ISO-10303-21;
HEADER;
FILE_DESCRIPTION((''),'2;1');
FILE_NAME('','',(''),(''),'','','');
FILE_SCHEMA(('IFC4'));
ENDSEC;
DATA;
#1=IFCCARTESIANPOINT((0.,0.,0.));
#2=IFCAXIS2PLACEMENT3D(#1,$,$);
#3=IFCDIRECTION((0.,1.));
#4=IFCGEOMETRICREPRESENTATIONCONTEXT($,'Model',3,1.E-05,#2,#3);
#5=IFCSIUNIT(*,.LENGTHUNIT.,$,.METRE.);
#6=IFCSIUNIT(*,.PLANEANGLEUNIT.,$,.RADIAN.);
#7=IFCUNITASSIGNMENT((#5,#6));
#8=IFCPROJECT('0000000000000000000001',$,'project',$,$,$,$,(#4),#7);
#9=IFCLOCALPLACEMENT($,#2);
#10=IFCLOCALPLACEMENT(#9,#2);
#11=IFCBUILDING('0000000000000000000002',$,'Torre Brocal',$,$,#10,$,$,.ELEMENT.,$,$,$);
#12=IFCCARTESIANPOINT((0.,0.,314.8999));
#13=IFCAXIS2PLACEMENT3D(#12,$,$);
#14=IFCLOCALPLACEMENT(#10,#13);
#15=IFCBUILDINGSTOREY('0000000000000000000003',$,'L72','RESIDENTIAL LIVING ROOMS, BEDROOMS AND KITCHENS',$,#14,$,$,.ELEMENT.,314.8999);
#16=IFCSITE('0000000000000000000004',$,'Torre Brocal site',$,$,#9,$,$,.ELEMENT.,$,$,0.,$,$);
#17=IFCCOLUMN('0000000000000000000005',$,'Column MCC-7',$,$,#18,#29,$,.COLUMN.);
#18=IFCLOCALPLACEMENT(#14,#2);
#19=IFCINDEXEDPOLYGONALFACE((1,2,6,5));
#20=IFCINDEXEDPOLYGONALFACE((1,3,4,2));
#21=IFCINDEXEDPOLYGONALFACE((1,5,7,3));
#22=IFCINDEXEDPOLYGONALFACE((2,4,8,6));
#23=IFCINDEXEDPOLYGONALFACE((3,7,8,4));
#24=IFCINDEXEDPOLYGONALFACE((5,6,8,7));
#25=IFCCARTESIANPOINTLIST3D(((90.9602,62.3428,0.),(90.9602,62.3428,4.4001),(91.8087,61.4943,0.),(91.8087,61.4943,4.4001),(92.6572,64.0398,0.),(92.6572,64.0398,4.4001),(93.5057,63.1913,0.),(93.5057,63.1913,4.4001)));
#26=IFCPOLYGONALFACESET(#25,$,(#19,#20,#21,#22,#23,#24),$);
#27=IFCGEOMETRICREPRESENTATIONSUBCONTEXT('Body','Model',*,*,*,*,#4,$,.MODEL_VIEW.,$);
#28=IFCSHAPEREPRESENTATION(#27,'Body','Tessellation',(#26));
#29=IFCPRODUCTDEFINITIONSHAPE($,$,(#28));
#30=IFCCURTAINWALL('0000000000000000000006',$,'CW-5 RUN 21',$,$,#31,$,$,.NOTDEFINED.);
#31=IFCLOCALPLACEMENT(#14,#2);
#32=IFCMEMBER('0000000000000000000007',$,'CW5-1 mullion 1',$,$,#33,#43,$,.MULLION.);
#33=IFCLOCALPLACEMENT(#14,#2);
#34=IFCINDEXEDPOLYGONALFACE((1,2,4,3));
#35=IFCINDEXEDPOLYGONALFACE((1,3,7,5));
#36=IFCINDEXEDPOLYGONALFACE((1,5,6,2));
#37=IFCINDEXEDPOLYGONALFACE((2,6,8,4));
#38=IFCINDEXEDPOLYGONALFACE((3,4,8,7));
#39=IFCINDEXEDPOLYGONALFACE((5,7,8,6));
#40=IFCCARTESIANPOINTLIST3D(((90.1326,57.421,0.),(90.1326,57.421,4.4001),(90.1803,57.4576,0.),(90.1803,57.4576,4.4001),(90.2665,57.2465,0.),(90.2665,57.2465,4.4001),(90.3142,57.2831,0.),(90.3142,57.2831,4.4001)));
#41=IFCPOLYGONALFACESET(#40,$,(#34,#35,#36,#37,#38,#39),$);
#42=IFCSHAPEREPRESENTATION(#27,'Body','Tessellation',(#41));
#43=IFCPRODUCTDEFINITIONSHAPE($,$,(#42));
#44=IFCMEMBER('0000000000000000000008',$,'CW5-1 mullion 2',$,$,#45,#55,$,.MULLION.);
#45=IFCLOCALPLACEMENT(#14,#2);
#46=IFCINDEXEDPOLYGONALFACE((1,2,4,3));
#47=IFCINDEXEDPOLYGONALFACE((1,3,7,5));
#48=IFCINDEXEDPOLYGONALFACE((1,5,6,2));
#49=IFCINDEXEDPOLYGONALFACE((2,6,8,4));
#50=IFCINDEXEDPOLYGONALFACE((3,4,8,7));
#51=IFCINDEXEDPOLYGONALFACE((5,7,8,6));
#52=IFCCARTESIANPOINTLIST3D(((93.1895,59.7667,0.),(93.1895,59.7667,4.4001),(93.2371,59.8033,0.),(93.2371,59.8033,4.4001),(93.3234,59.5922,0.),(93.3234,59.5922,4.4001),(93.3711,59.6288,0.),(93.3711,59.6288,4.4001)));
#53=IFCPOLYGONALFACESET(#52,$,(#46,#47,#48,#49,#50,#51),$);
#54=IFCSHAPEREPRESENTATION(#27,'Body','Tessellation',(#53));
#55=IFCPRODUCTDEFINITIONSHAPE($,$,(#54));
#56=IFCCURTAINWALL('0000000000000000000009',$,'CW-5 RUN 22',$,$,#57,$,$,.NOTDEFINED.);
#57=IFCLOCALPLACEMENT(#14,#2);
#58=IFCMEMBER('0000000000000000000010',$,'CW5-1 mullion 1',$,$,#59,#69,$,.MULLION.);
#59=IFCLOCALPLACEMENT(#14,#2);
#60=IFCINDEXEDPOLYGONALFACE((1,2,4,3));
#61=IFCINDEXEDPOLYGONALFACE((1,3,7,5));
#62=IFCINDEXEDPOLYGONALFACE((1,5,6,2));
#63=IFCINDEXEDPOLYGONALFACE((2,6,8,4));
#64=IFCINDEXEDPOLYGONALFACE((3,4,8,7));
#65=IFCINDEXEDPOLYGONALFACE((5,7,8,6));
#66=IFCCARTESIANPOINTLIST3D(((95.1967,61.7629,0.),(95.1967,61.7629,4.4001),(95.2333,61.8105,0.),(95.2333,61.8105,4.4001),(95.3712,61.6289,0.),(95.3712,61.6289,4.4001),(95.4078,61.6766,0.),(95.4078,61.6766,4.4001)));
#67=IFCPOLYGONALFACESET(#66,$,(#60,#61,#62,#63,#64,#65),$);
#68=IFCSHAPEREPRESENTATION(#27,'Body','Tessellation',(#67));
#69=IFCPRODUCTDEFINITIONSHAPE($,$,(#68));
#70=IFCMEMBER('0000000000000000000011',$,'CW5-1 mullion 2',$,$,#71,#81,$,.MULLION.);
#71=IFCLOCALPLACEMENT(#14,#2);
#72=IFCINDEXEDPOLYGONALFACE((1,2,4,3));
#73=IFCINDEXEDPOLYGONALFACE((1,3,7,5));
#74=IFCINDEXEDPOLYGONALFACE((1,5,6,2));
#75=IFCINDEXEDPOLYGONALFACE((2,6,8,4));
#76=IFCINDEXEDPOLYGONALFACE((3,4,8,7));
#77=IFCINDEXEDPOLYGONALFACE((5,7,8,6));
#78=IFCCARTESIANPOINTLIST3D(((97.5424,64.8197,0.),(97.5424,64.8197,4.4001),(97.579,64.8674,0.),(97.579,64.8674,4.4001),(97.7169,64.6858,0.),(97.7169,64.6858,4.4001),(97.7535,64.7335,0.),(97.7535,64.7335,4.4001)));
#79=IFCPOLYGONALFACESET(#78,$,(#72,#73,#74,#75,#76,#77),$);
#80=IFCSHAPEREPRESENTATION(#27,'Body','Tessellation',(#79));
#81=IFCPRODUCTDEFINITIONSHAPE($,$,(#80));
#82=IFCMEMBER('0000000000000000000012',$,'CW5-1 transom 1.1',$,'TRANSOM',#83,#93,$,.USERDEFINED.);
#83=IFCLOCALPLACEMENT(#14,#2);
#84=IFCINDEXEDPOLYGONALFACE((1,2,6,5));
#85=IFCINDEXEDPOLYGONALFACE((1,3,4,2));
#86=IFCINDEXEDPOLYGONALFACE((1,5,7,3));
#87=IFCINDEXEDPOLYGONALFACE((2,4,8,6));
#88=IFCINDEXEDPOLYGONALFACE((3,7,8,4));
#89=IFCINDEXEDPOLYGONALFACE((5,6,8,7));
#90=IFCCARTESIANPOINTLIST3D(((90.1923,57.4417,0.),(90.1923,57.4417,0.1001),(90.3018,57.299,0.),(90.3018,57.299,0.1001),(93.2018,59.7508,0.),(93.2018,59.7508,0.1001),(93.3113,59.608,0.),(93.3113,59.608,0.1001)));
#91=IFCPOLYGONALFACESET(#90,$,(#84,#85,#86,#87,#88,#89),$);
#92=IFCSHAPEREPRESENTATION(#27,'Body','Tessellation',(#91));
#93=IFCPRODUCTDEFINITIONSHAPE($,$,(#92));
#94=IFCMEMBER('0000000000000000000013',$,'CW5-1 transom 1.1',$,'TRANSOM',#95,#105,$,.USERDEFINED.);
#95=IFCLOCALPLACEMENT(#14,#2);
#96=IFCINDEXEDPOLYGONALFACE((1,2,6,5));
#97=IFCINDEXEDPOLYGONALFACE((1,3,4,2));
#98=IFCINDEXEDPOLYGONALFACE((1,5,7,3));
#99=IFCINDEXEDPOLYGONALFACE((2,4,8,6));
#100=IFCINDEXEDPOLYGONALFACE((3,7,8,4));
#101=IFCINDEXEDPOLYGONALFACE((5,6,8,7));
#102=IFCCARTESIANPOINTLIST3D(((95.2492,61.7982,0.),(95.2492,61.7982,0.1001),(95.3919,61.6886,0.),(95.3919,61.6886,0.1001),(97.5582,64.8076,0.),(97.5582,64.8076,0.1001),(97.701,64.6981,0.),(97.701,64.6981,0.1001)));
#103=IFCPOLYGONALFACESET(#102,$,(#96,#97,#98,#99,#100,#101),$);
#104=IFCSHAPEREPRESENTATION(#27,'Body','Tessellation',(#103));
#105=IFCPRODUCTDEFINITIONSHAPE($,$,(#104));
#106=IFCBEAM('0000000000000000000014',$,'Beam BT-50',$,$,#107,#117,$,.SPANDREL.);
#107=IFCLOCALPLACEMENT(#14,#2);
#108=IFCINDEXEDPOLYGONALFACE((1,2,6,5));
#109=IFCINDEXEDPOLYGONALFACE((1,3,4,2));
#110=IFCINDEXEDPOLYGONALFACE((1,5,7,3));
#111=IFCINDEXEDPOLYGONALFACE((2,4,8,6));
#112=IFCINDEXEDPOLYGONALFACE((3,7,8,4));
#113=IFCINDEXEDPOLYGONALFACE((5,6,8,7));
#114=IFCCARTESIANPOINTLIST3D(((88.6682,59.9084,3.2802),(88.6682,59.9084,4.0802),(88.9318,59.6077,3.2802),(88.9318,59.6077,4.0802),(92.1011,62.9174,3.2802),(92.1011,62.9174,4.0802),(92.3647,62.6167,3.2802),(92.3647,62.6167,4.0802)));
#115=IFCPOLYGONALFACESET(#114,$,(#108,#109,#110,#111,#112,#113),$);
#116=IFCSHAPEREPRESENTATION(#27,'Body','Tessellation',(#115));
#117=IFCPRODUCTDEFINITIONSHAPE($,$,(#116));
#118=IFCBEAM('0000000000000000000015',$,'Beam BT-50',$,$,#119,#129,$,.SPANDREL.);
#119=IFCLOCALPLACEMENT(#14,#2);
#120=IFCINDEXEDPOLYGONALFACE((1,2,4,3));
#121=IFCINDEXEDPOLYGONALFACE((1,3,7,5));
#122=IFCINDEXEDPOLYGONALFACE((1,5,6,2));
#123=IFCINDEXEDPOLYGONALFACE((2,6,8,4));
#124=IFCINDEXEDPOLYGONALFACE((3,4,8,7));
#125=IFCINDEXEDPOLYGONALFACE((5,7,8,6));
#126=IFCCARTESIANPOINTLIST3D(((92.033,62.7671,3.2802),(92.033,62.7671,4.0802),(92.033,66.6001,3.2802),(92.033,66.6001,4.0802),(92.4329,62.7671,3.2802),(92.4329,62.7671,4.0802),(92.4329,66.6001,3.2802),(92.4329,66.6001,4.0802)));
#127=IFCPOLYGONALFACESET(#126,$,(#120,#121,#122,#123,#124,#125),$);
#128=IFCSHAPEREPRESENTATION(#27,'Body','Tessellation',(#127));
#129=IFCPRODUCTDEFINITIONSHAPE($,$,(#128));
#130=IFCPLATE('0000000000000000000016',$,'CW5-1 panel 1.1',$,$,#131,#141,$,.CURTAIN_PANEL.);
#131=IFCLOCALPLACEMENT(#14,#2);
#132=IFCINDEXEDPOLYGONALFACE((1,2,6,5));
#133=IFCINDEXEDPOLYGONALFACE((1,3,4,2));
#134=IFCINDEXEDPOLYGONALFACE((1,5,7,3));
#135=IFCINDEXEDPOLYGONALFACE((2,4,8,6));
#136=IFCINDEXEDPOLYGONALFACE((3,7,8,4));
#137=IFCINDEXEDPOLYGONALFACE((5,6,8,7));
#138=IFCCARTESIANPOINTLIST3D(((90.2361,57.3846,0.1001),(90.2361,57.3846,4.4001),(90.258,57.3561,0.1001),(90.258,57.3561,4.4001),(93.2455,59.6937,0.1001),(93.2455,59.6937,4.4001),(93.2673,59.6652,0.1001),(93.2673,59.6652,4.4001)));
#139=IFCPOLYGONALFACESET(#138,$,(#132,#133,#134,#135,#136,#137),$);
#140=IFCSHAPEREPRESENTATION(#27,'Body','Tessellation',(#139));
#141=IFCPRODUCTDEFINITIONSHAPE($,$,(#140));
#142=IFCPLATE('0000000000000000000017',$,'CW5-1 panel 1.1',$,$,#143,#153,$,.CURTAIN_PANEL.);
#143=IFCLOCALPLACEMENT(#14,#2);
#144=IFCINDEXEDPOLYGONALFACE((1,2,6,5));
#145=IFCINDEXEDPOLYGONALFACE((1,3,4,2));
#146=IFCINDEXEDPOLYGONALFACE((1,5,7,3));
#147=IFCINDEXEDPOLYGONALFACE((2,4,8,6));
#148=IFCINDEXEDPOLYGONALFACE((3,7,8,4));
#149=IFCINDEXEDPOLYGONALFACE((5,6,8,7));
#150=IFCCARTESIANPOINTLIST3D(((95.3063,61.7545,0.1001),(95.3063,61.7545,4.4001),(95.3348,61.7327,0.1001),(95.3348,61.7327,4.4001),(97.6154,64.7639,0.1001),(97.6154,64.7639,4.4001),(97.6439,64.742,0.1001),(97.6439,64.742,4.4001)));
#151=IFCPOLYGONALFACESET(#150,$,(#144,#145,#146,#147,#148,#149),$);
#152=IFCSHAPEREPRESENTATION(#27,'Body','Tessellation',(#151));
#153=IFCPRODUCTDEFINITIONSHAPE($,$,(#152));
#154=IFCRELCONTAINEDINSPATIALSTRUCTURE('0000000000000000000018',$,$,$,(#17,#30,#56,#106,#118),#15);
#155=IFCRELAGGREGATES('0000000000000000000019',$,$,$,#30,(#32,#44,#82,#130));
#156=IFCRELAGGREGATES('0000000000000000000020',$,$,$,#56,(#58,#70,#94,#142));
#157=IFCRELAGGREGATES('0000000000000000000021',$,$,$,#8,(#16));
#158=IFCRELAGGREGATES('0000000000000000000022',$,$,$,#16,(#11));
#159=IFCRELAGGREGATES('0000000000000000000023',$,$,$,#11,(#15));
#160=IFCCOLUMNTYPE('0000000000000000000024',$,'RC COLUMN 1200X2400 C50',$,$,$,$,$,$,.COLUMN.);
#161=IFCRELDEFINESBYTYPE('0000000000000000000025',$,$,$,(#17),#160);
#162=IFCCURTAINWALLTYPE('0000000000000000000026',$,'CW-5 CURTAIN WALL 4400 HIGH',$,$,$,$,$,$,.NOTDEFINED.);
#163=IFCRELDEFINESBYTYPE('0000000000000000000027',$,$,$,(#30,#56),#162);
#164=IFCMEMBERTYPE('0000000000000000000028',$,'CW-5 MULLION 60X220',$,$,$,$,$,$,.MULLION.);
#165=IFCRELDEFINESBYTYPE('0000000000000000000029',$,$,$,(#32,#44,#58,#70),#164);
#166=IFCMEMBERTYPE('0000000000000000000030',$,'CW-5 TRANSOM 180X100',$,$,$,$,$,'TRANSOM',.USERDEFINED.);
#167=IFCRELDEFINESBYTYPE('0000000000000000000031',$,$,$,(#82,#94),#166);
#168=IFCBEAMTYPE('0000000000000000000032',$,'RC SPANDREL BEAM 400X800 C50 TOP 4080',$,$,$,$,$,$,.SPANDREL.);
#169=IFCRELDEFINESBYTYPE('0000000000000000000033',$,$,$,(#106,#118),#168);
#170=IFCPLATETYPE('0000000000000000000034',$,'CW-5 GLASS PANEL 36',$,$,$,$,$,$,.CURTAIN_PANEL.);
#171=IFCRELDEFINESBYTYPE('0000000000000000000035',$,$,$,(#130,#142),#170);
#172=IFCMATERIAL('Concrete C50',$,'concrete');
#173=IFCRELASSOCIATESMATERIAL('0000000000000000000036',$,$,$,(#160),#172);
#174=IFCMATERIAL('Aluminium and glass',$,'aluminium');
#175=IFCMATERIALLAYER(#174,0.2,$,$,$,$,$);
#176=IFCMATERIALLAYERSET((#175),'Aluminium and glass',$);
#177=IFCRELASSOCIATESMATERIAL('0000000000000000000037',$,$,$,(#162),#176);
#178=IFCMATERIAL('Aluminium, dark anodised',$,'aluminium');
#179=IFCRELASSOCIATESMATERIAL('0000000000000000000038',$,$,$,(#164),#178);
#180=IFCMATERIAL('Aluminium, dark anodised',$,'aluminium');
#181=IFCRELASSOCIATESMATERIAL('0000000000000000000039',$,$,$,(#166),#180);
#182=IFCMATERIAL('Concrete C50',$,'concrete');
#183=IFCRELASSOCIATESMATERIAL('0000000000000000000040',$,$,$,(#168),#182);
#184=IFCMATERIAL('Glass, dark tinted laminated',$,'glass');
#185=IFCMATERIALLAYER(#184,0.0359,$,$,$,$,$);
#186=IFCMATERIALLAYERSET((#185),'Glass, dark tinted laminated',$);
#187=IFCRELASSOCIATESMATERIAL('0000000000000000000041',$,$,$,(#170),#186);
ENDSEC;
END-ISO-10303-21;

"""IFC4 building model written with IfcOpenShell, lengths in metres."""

from ifc_helpers import new_model, si_unit, direction, frame, origin, origin_2d, place, context, subcontext, project, spatial, rectangle, extrude, material, layer, layer_set, material_profile, profile_set, type_object, element, aggregate, save


model = new_model("IFC4")

# Units and contexts
model_context = context("Model", 3, precision=1e-05, world=origin(), true_north=direction((0.0, 1.0)))
body_context = subcontext(model_context, "Body", "Model", "MODEL_VIEW")
ifc_project = project(units=[si_unit("LENGTHUNIT", "METRE"), si_unit("PLANEANGLEUNIT", "RADIAN")], contexts=[model_context])

# Site, building, storey
site_placement = place(None, origin())
site = spatial("IfcSite", under=ifc_project, at=site_placement, Name="Torre Brocal site", CompositionType="ELEMENT", RefElevation=0.0)
building_placement = place(site_placement, origin())
building = spatial("IfcBuilding", under=site, at=building_placement, Name="Torre Brocal", CompositionType="ELEMENT")
storey_placement = place(building_placement, frame((0.0, 0.0, 314.8999)))
storey = spatial("IfcBuildingStorey", under=building, at=storey_placement, Name="L72", Description="RESIDENTIAL LIVING ROOMS, BEDROOMS AND KITCHENS", CompositionType="ELEMENT", Elevation=314.8999)

# Column
ifc_material_1 = material(Name="Concrete C50", Category="concrete")
ifc_material_profile_1 = material_profile(ifc_material_1, rectangle(XDim=1.2, YDim=2.3999, at=origin_2d()), Name="RC 1200X2400")
ifc_profile_set_1 = profile_set([ifc_material_profile_1], Name="Concrete C50")
column_type = type_object("IfcColumnType", Name="RC COLUMN 1200X2400 C50", PredefinedType="COLUMN", material=ifc_profile_set_1)
column_placement = place(storey_placement, frame((92.2329, 62.7671, 0.0), z_axis=(0.0, 0.0, 1.0), x_axis=(0.707107, -0.707107, 0.0)))
element("IfcColumn", 1, at=column_placement, inside=storey, type_object=column_type, Name="Column MCC-7", PredefinedType="COLUMN", context=body_context, shape_type="SweptSolid", body=[
    extrude(rectangle(XDim=1.2, YDim=2.3999, at=origin_2d()), origin(), (0.0, 0.0, 1.0), 4.4001),
])

# Curtain walls, members
ifc_material_2 = material(Name="Aluminium and glass", Category="aluminium")
ifc_layer_1 = layer(ifc_material_2, 0.2)
ifc_layer_set_1 = layer_set([ifc_layer_1], Name="Aluminium and glass")
curtain_wall_type = type_object("IfcCurtainWallType", Name="CW-5 CURTAIN WALL 4400 HIGH", PredefinedType="NOTDEFINED", material=ifc_layer_set_1)
curtain_wall_1_placement = place(storey_placement, origin())
curtain_wall_1 = element("IfcCurtainWall", 2, at=curtain_wall_1_placement, inside=storey, type_object=curtain_wall_type, Name="CW-5 RUN 21", PredefinedType="NOTDEFINED")
ifc_material_3 = material(Name="Aluminium, dark anodised", Category="aluminium")
ifc_material_profile_2 = material_profile(ifc_material_3, rectangle(XDim=0.22, YDim=0.0601, at=origin_2d()), Name="CW-5 MULLION 60X220")
ifc_profile_set_2 = profile_set([ifc_material_profile_2], Name="Aluminium, dark anodised")
member_type_1 = type_object("IfcMemberType", Name="CW-5 MULLION 60X220", PredefinedType="MULLION", material=ifc_profile_set_2)
member_1_placement = place(storey_placement, frame((90.2234, 57.3521, 0.0), z_axis=(0.0, 0.0, 1.0), x_axis=(-0.608761, 0.793353, 0.0)))
member_1 = element("IfcMember", 3, at=member_1_placement, type_object=member_type_1, Name="CW5-1 mullion 1", PredefinedType="MULLION", context=body_context, shape_type="SweptSolid", body=[
    extrude(rectangle(XDim=0.22, YDim=0.0601, at=origin_2d()), origin(), (0.0, 0.0, 1.0), 4.4001),
])
member_2_placement = place(storey_placement, frame((93.2803, 59.6978, 0.0), z_axis=(0.0, 0.0, 1.0), x_axis=(-0.608761, 0.793353, 0.0)))
member_2 = element("IfcMember", 4, at=member_2_placement, type_object=member_type_1, Name="CW5-1 mullion 2", PredefinedType="MULLION", context=body_context, shape_type="SweptSolid", body=[
    extrude(rectangle(XDim=0.22, YDim=0.0601, at=origin_2d()), origin(), (0.0, 0.0, 1.0), 4.4001),
])
curtain_wall_2_placement = place(storey_placement, origin())
curtain_wall_2 = element("IfcCurtainWall", 5, at=curtain_wall_2_placement, inside=storey, type_object=curtain_wall_type, Name="CW-5 RUN 22", PredefinedType="NOTDEFINED")
member_3_placement = place(storey_placement, frame((95.3022, 61.7197, 0.0), z_axis=(0.0, 0.0, 1.0), x_axis=(-0.793353, 0.608761, 0.0)))
member_3 = element("IfcMember", 6, at=member_3_placement, type_object=member_type_1, Name="CW5-1 mullion 1", PredefinedType="MULLION", context=body_context, shape_type="SweptSolid", body=[
    extrude(rectangle(XDim=0.22, YDim=0.0601, at=origin_2d()), origin(), (0.0, 0.0, 1.0), 4.4001),
])
member_4_placement = place(storey_placement, frame((97.6479, 64.7766, 0.0), z_axis=(0.0, 0.0, 1.0), x_axis=(-0.793353, 0.608761, 0.0)))
member_4 = element("IfcMember", 7, at=member_4_placement, type_object=member_type_1, Name="CW5-1 mullion 2", PredefinedType="MULLION", context=body_context, shape_type="SweptSolid", body=[
    extrude(rectangle(XDim=0.22, YDim=0.0601, at=origin_2d()), origin(), (0.0, 0.0, 1.0), 4.4001),
])

# Members
ifc_material_4 = material(Name="Aluminium, dark anodised", Category="aluminium")
ifc_material_profile_3 = material_profile(ifc_material_4, rectangle(XDim=0.1799, YDim=0.1001, at=origin_2d()), Name="CW-5 TRANSOM 180X100")
ifc_profile_set_3 = profile_set([ifc_material_profile_3], Name="Aluminium, dark anodised")
member_type_2 = type_object("IfcMemberType", Name="CW-5 TRANSOM 180X100", ElementType="TRANSOM", PredefinedType="USERDEFINED", material=ifc_profile_set_3)
member_5_placement = place(storey_placement, frame((90.2471, 57.3704, 0.05), z_axis=(0.793379, 0.608727, 0.0), x_axis=(-0.608727, 0.793379, 0.0)))
member_5 = element("IfcMember", 8, at=member_5_placement, type_object=member_type_2, Name="CW5-1 transom 1.1", ObjectType="TRANSOM", PredefinedType="USERDEFINED", context=body_context, shape_type="SweptSolid", body=[
    extrude(rectangle(XDim=0.1799, YDim=0.1001, at=origin_2d()), origin(), (0.0, 0.0, 1.0), 3.7932),
])
member_6_placement = place(storey_placement, frame((95.3206, 61.7434, 0.05), z_axis=(0.608727, 0.793379, 0.0), x_axis=(-0.793379, 0.608727, 0.0)))
member_6 = element("IfcMember", 9, at=member_6_placement, type_object=member_type_2, Name="CW5-1 transom 1.1", ObjectType="TRANSOM", PredefinedType="USERDEFINED", context=body_context, shape_type="SweptSolid", body=[
    extrude(rectangle(XDim=0.1799, YDim=0.1001, at=origin_2d()), origin(), (0.0, 0.0, 1.0), 3.7932),
])

# Beams
ifc_material_5 = material(Name="Concrete C50", Category="concrete")
ifc_material_profile_4 = material_profile(ifc_material_5, rectangle(XDim=0.3999, YDim=0.8, at=origin_2d()), Name="RC 400X800")
ifc_profile_set_4 = profile_set([ifc_material_profile_4], Name="Concrete C50")
beam_type = type_object("IfcBeamType", Name="RC SPANDREL BEAM 400X800 C50 TOP 4080", PredefinedType="SPANDREL", material=ifc_profile_set_4)
beam_1_placement = place(storey_placement, frame((88.8, 59.7581, 3.6802), z_axis=(0.752003, 0.659159, 0.0), x_axis=(-0.659159, 0.752003, 0.0)))
element("IfcBeam", 10, at=beam_1_placement, inside=storey, type_object=beam_type, Name="Beam BT-50", PredefinedType="SPANDREL", context=body_context, shape_type="SweptSolid", body=[
    extrude(rectangle(XDim=0.3999, YDim=0.8, at=origin_2d()), origin(), (0.0, 0.0, 1.0), 4.5649),
])
beam_2_placement = place(storey_placement, frame((92.2329, 62.7671, 3.6802), z_axis=(0.0, 1.0, 0.0), x_axis=(-1.0, 0.0, 0.0)))
element("IfcBeam", 11, at=beam_2_placement, inside=storey, type_object=beam_type, Name="Beam BT-50", PredefinedType="SPANDREL", context=body_context, shape_type="SweptSolid", body=[
    extrude(rectangle(XDim=0.3999, YDim=0.8, at=origin_2d()), origin(), (0.0, 0.0, 1.0), 3.833),
])

# Plates
ifc_material_6 = material(Name="Glass, dark tinted laminated", Category="glass")
ifc_layer_2 = layer(ifc_material_6, 0.0359)
ifc_layer_set_2 = layer_set([ifc_layer_2], Name="Glass, dark tinted laminated")
plate_type = type_object("IfcPlateType", Name="CW-5 GLASS PANEL 36", PredefinedType="CURTAIN_PANEL", material=ifc_layer_set_2)
plate_1_placement = place(storey_placement, frame((91.7517, 58.5249, 0.1001), z_axis=(0.0, 0.0, 1.0), x_axis=(0.793353, 0.608761, 0.0)))
plate_1 = element("IfcPlate", 12, at=plate_1_placement, type_object=plate_type, Name="CW5-1 panel 1.1", PredefinedType="CURTAIN_PANEL", context=body_context, shape_type="SweptSolid", body=[
    extrude(rectangle(XDim=3.7932, YDim=0.0359, at=origin_2d()), origin(), (0.0, 0.0, 1.0), 4.3),
])
aggregate(curtain_wall_1, [member_1, member_2, member_5, plate_1])
plate_2_placement = place(storey_placement, frame((96.4751, 63.2483, 0.1001), z_axis=(0.0, 0.0, 1.0), x_axis=(0.608761, 0.793353, 0.0)))
plate_2 = element("IfcPlate", 13, at=plate_2_placement, type_object=plate_type, Name="CW5-1 panel 1.1", PredefinedType="CURTAIN_PANEL", context=body_context, shape_type="SweptSolid", body=[
    extrude(rectangle(XDim=3.7932, YDim=0.0359, at=origin_2d()), origin(), (0.0, 0.0, 1.0), 4.3),
])
aggregate(curtain_wall_2, [member_3, member_4, member_6, plate_2])

save(model, "model.ifc")
